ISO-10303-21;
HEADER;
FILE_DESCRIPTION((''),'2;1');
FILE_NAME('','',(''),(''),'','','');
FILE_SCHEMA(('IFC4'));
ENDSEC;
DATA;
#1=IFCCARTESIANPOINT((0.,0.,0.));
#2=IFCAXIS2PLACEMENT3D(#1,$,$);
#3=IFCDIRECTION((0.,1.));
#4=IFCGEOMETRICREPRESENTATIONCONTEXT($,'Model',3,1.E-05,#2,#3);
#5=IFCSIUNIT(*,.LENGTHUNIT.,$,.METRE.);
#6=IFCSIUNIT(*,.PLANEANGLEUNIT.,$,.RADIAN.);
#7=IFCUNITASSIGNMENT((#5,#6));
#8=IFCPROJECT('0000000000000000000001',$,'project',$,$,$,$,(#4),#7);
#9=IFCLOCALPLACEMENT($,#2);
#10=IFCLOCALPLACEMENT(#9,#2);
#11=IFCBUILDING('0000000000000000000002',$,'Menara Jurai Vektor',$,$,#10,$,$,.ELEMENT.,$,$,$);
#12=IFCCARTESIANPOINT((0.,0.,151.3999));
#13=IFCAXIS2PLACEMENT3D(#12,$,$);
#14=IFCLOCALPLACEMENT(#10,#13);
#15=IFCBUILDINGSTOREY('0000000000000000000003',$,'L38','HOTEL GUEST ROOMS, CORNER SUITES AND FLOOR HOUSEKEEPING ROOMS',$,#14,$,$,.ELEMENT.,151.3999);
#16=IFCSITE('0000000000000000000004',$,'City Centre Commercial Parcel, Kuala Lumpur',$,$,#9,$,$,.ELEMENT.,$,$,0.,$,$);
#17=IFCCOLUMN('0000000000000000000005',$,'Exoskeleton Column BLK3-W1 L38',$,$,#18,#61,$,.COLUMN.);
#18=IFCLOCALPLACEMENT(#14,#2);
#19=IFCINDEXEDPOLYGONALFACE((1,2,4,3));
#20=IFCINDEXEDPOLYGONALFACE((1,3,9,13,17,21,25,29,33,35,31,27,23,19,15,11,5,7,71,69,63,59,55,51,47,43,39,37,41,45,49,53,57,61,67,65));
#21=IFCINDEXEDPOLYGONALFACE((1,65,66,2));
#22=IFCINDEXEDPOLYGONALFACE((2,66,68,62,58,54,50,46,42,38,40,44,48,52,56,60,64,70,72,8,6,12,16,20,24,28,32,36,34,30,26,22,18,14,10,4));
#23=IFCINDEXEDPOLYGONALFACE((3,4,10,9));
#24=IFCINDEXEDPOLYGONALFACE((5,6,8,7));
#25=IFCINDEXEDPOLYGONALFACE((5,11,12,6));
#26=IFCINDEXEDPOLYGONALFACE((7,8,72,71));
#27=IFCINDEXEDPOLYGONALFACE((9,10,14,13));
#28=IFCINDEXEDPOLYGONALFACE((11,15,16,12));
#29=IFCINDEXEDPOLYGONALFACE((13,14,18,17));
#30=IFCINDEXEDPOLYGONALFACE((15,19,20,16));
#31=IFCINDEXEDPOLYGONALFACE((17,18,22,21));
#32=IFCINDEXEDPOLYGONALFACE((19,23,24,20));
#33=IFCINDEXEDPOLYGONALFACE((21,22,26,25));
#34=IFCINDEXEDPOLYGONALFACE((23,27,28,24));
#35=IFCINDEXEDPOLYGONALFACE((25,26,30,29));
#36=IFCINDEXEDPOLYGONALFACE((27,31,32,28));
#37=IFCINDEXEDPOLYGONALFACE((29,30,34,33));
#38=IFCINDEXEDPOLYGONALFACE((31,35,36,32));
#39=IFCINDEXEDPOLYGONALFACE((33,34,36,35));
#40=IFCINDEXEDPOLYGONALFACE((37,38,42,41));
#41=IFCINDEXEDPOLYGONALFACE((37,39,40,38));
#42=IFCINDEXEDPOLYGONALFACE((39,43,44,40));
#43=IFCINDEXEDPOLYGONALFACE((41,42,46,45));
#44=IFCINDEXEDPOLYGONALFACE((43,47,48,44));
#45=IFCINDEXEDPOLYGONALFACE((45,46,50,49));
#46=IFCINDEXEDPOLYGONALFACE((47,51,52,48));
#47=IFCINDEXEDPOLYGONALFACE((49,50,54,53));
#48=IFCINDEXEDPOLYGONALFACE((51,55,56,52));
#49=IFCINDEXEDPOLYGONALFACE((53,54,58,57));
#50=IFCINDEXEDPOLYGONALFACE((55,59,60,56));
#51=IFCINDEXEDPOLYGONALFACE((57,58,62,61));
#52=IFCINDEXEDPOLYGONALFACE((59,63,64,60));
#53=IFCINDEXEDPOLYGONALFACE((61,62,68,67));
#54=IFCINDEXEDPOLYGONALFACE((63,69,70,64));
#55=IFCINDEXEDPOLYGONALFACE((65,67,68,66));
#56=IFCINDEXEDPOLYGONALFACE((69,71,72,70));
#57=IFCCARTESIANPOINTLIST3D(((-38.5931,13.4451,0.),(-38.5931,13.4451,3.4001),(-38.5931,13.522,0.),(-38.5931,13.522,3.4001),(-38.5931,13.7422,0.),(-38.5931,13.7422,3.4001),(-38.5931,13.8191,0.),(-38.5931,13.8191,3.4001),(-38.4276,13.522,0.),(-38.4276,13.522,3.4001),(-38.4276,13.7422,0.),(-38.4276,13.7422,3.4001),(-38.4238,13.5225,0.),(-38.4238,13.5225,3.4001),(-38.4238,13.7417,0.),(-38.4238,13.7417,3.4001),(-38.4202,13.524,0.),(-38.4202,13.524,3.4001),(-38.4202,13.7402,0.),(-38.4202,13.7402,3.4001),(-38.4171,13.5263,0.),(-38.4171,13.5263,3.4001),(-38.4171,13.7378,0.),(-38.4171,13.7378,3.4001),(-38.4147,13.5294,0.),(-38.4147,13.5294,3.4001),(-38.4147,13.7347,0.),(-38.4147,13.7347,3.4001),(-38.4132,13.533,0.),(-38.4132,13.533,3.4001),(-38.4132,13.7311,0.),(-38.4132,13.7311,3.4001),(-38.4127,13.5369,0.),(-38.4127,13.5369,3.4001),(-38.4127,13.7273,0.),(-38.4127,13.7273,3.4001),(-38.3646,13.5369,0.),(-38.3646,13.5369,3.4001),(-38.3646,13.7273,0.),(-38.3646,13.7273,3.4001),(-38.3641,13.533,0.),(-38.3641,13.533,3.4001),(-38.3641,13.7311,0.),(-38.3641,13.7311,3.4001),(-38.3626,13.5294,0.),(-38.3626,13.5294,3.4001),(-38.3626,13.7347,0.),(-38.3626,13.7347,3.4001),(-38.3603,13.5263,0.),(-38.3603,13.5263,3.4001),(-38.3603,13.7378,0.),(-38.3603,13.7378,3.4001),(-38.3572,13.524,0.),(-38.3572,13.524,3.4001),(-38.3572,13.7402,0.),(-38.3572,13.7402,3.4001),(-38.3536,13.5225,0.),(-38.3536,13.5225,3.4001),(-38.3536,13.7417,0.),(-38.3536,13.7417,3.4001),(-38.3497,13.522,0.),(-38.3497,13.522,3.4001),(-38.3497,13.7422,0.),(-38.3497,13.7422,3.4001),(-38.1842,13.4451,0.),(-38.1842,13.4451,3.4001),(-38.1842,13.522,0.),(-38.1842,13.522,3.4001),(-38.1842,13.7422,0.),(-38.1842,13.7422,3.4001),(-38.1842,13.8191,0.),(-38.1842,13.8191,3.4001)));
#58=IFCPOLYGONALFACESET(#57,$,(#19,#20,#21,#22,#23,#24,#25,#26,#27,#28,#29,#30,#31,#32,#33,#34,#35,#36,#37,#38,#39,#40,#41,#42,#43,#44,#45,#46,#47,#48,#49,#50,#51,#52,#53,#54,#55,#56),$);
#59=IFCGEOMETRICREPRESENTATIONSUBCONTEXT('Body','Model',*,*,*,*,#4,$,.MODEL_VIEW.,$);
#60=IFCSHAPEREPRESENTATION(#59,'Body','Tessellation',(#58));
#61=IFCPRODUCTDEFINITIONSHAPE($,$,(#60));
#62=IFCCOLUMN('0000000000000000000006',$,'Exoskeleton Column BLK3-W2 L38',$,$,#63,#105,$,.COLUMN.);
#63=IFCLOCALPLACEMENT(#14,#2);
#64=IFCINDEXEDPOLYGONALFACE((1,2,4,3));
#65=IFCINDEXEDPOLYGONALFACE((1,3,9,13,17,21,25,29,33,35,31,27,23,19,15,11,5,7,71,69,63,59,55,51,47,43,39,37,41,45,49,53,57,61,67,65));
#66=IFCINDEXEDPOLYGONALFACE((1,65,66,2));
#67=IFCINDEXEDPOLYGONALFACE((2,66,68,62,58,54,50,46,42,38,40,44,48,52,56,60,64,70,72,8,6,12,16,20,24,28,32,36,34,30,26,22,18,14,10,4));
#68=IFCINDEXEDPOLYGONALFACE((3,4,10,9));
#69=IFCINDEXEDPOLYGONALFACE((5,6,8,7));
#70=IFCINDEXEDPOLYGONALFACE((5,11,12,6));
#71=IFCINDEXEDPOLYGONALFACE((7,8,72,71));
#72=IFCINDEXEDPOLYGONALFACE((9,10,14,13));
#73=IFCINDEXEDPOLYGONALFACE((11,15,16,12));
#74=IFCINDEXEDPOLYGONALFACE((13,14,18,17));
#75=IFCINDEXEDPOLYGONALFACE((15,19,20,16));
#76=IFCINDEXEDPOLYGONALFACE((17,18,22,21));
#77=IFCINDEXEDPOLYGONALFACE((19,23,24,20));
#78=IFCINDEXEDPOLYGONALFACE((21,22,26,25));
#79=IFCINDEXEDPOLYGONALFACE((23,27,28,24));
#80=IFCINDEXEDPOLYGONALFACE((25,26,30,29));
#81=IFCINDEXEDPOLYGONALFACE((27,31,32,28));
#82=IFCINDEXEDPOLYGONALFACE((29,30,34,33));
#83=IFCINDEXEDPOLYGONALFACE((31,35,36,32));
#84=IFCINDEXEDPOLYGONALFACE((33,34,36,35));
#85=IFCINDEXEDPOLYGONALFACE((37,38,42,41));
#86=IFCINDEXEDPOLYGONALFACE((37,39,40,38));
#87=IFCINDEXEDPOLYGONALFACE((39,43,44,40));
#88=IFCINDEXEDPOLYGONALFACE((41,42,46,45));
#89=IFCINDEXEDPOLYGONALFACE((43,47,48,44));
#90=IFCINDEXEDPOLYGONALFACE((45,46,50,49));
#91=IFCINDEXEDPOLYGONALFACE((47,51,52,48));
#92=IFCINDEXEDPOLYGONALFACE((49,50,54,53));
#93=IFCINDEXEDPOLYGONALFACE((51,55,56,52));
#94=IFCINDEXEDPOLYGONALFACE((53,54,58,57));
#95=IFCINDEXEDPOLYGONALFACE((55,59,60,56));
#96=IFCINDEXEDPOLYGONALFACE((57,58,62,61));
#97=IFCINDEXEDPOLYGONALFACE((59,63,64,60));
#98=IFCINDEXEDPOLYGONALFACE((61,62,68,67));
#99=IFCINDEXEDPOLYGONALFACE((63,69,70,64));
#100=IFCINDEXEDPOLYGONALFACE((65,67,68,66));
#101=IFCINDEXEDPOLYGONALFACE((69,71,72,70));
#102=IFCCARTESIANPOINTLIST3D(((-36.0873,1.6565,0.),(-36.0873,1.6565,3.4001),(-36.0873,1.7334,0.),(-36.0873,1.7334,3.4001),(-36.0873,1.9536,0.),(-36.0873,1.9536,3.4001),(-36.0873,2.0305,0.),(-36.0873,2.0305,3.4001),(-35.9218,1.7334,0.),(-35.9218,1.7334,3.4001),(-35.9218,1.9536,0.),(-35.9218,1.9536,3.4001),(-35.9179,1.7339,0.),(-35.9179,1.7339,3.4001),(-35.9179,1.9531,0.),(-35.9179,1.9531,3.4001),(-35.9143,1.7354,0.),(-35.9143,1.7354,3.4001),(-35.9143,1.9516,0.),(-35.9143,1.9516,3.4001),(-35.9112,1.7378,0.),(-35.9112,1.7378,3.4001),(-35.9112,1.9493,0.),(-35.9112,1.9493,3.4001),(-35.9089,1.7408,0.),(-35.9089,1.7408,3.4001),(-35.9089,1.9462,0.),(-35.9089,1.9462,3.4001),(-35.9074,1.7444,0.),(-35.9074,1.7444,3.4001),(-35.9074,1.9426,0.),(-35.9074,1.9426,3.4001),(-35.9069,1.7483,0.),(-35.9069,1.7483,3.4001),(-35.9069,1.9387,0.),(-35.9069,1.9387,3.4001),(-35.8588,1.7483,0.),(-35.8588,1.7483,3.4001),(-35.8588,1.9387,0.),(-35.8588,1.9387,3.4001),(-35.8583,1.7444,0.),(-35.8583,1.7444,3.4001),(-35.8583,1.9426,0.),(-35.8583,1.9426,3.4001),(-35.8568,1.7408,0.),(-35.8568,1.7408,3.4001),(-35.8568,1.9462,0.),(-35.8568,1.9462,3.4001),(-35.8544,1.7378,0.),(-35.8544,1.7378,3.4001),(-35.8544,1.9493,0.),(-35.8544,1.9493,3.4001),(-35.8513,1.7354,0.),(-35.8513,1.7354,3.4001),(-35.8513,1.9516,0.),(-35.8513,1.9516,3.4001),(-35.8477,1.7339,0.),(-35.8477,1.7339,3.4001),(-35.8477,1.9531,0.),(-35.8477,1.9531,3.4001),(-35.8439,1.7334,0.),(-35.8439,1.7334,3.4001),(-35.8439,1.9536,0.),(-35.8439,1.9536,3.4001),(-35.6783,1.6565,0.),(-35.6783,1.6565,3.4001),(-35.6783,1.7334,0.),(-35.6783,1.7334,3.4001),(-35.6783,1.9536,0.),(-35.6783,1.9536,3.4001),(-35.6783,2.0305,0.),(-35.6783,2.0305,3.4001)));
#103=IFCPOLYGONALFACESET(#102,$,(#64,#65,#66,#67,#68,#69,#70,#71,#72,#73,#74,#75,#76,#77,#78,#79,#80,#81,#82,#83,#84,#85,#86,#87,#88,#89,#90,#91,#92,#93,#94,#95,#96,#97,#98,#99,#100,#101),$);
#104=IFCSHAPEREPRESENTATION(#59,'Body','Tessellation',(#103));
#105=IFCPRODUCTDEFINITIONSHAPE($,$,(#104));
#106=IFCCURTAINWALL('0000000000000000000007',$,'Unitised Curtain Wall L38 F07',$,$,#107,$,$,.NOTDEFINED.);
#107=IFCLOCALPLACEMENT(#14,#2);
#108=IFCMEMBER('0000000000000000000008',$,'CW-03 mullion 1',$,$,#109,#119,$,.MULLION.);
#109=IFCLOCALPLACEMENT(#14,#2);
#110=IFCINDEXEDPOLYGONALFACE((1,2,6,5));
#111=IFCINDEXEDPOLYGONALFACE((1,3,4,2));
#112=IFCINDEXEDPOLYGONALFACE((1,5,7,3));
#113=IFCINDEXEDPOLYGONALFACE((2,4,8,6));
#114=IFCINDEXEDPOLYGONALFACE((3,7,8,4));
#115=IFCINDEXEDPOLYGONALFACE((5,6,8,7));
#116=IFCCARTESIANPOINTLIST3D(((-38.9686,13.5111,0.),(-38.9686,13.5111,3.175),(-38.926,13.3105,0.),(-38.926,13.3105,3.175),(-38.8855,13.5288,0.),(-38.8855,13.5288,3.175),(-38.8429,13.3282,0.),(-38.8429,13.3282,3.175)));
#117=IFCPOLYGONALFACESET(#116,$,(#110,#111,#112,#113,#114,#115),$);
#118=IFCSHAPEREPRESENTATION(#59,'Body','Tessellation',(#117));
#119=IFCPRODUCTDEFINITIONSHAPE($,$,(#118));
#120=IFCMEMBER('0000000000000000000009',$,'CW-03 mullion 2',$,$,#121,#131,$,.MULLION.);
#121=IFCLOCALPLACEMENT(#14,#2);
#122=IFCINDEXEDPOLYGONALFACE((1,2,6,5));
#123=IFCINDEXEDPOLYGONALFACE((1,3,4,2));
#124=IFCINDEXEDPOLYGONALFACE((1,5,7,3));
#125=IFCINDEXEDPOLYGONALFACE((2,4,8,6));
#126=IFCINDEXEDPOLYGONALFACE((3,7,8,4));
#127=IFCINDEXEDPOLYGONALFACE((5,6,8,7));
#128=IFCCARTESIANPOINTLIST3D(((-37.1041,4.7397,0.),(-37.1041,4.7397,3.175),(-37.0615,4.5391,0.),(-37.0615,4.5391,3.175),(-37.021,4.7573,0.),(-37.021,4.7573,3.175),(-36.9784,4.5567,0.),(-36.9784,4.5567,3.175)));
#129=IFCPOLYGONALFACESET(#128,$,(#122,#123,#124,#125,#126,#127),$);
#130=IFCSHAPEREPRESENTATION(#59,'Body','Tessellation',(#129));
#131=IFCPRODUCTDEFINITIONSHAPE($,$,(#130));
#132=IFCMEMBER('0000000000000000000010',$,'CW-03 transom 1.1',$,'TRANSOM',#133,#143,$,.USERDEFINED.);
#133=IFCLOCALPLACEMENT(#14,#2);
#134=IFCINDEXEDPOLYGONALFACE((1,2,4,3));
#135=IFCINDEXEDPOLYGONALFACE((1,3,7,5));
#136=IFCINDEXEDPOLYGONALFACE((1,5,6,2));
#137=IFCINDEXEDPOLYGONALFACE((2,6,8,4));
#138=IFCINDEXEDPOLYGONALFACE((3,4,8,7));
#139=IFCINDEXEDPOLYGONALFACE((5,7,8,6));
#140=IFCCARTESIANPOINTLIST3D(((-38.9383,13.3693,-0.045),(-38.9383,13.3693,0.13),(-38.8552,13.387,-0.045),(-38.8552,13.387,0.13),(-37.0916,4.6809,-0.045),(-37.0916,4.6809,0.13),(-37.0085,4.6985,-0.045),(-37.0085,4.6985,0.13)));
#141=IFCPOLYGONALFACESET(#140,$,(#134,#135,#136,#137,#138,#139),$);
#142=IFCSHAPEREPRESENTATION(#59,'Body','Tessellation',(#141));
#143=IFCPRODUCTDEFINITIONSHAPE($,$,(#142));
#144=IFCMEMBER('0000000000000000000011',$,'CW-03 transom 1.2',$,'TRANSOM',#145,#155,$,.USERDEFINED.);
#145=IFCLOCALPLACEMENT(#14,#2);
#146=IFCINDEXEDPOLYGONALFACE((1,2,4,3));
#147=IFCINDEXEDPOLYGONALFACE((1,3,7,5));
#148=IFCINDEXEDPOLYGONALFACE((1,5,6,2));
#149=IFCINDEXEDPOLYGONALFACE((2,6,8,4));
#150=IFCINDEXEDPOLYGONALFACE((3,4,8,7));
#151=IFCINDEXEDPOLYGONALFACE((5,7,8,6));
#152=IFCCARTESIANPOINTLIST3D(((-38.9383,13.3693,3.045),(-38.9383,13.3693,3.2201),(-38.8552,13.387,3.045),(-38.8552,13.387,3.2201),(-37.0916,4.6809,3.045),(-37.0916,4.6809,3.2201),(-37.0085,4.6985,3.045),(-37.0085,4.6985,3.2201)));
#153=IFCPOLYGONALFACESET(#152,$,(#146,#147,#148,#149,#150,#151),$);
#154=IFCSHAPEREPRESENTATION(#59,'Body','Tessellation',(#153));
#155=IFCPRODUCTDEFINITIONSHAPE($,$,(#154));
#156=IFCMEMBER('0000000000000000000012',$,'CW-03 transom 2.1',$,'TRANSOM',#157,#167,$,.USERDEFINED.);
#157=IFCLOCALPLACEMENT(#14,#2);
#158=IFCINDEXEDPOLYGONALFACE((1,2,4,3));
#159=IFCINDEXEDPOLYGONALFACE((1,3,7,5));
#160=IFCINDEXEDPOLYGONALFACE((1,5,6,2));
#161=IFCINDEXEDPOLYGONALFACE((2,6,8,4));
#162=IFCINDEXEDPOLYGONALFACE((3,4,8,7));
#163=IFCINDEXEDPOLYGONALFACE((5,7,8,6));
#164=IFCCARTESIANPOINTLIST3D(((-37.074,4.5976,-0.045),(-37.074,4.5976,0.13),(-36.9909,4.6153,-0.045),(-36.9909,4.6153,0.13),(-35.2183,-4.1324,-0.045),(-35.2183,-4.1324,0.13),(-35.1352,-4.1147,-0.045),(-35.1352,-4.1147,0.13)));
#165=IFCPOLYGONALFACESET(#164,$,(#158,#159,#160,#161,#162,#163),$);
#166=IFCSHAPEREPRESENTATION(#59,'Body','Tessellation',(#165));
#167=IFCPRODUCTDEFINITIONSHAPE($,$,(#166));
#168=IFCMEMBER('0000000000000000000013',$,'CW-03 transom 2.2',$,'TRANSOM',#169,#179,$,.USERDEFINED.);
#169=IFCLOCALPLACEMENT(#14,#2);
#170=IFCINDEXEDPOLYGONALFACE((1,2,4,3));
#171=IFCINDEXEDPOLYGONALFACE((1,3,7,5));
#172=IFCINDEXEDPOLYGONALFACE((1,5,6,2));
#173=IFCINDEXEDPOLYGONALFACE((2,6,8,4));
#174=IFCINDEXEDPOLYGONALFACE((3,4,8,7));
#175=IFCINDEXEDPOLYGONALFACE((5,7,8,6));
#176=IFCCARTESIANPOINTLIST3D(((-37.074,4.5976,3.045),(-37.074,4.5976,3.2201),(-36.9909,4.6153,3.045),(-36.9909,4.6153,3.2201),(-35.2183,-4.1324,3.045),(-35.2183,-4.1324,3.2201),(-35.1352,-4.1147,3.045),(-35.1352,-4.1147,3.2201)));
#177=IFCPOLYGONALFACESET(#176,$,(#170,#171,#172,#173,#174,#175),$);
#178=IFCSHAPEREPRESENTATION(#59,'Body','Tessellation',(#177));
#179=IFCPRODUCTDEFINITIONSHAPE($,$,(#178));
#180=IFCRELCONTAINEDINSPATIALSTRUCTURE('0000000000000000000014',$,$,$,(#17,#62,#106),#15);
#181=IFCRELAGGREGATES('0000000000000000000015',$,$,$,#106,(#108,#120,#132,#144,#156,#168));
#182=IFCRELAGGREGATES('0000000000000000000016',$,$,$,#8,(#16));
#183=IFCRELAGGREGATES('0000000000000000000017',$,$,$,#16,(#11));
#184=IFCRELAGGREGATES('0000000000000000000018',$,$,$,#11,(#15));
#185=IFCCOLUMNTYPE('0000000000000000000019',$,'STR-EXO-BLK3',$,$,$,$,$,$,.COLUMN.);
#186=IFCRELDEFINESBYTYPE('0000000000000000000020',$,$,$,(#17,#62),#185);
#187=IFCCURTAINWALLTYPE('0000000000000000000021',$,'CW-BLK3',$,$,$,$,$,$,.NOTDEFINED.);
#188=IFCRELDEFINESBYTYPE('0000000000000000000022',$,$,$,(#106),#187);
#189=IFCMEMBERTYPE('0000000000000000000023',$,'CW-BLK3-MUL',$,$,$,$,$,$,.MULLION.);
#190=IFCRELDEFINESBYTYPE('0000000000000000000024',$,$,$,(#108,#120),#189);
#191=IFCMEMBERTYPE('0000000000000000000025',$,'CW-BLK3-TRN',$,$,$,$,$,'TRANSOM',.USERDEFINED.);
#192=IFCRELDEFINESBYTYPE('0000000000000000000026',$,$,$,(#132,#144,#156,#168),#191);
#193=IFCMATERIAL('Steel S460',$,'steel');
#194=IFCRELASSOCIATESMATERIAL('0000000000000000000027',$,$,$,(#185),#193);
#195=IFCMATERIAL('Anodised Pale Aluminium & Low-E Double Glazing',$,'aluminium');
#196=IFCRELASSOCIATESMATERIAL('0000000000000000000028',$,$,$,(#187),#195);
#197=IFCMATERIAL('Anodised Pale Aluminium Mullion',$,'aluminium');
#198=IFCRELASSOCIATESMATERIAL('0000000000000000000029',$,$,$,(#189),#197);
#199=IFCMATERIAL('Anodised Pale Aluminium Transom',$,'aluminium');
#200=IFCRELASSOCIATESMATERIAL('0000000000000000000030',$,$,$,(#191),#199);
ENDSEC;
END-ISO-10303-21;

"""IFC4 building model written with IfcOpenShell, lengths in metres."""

from ifc_helpers import new_model, si_unit, direction, frame, origin, origin_2d, place, context, subcontext, project, spatial, rectangle, i_section, extrude, material, material_profile, profile_set, type_object, element, aggregate, save


model = new_model("IFC4")

# Units and contexts
model_context = context("Model", 3, precision=1e-05, world=origin(), true_north=direction((0.0, 1.0)))
body_context = subcontext(model_context, "Body", "Model", "MODEL_VIEW")
ifc_project = project(units=[si_unit("LENGTHUNIT", "METRE"), si_unit("PLANEANGLEUNIT", "RADIAN")], contexts=[model_context])

# Site, building, storey
site_placement = place(None, origin())
site = spatial("IfcSite", under=ifc_project, at=site_placement, Name="City Centre Commercial Parcel, Kuala Lumpur", CompositionType="ELEMENT", RefElevation=0.0)
building_placement = place(site_placement, origin())
building = spatial("IfcBuilding", under=site, at=building_placement, Name="Menara Jurai Vektor", CompositionType="ELEMENT")
storey_placement = place(building_placement, frame((0.0, 0.0, 151.3999)))
storey = spatial("IfcBuildingStorey", under=building, at=storey_placement, Name="L38", Description="HOTEL GUEST ROOMS, CORNER SUITES AND FLOOR HOUSEKEEPING ROOMS", CompositionType="ELEMENT", Elevation=151.3999)

# Columns
ifc_material_1 = material(Name="Steel S460", Category="steel")
ifc_material_profile_1 = material_profile(ifc_material_1, i_section(OverallWidth=0.4089, OverallDepth=0.374, WebThickness=0.0481, FlangeThickness=0.0769, FilletRadius=0.0149, at=origin_2d()), Name="HD 400x634")
ifc_profile_set_1 = profile_set([ifc_material_profile_1], Name="Steel S460")
column_type = type_object("IfcColumnType", Name="STR-EXO-BLK3", PredefinedType="COLUMN", material=ifc_profile_set_1)
for number, where, z_axis, x_axis, name in (
    (1, (-38.3887, 13.6321, 0.0), (0.0, 0.0, 1.0), (1.0, 0.0, 0.0), "Exoskeleton Column BLK3-W1 L38"),
    (2, (-35.8828, 1.8435, 0.0), (0.0, 0.0, 1.0), (1.0, 0.0, 0.0), "Exoskeleton Column BLK3-W2 L38"),
):
    element("IfcColumn", number, at=place(storey_placement, frame(where, z_axis=z_axis, x_axis=x_axis)), inside=storey, type_object=column_type, Name=name, PredefinedType="COLUMN", context=body_context, shape_type="SweptSolid", body=[
        extrude(i_section(OverallWidth=0.4089, OverallDepth=0.374, WebThickness=0.0481, FlangeThickness=0.0769, FilletRadius=0.0149, at=origin_2d()), origin(), (0.0, 0.0, 1.0), 3.4001),
    ])

# Curtain wall, members
ifc_material_2 = material(Name="Anodised Pale Aluminium & Low-E Double Glazing", Category="aluminium")
curtain_wall_type = type_object("IfcCurtainWallType", Name="CW-BLK3", PredefinedType="NOTDEFINED", material=ifc_material_2)
curtain_wall_placement = place(storey_placement, origin())
curtain_wall = element("IfcCurtainWall", 3, at=curtain_wall_placement, inside=storey, type_object=curtain_wall_type, Name="Unitised Curtain Wall L38 F07", PredefinedType="NOTDEFINED")
ifc_material_3 = material(Name="Anodised Pale Aluminium Mullion", Category="aluminium")
ifc_material_profile_2 = material_profile(ifc_material_3, rectangle(XDim=0.085, YDim=0.2051, at=origin_2d()), Name="ALU MUL 85x205")
ifc_profile_set_2 = profile_set([ifc_material_profile_2], Name="Anodised Pale Aluminium Mullion")
member_type_1 = type_object("IfcMemberType", Name="CW-BLK3-MUL", PredefinedType="MULLION", material=ifc_profile_set_2)
member_1_placement = place(storey_placement, frame((-38.9058, 13.4197, 0.0), z_axis=(0.0, 0.0, 1.0), x_axis=(0.978148, 0.20791, 0.0)))
member_1 = element("IfcMember", 4, at=member_1_placement, type_object=member_type_1, Name="CW-03 mullion 1", PredefinedType="MULLION", context=body_context, shape_type="SweptSolid", body=[
    extrude(rectangle(XDim=0.085, YDim=0.2051, at=origin_2d()), origin(), (0.0, 0.0, 1.0), 3.175),
])
member_2_placement = place(storey_placement, frame((-37.0413, 4.6482, 0.0), z_axis=(0.0, 0.0, 1.0), x_axis=(0.978148, 0.20791, 0.0)))
member_2 = element("IfcMember", 5, at=member_2_placement, type_object=member_type_1, Name="CW-03 mullion 2", PredefinedType="MULLION", context=body_context, shape_type="SweptSolid", body=[
    extrude(rectangle(XDim=0.085, YDim=0.2051, at=origin_2d()), origin(), (0.0, 0.0, 1.0), 3.175),
])
ifc_material_4 = material(Name="Anodised Pale Aluminium Transom", Category="aluminium")
ifc_material_profile_3 = material_profile(ifc_material_4, rectangle(XDim=0.085, YDim=0.175, at=origin_2d()), Name="ALU TRN 85x175")
ifc_profile_set_3 = profile_set([ifc_material_profile_3], Name="Anodised Pale Aluminium Transom")
member_type_2 = type_object("IfcMemberType", Name="CW-BLK3-TRN", ElementType="TRANSOM", PredefinedType="USERDEFINED", material=ifc_profile_set_3)
member_3_placement = place(storey_placement, frame((-38.8967, 13.3782, 0.0425), z_axis=(0.2079, -0.97815, 0.0), x_axis=(0.97815, 0.2079, 0.0)))
member_3 = element("IfcMember", 6, at=member_3_placement, type_object=member_type_2, Name="CW-03 transom 1.1", ObjectType="TRANSOM", PredefinedType="USERDEFINED", context=body_context, shape_type="SweptSolid", body=[
    extrude(rectangle(XDim=0.085, YDim=0.175, at=origin_2d()), origin(), (0.0, 0.0, 1.0), 8.8826),
])
member_4_placement = place(storey_placement, frame((-38.8967, 13.3782, 3.1326), z_axis=(0.2079, -0.97815, 0.0), x_axis=(0.97815, 0.2079, 0.0)))
member_4 = element("IfcMember", 7, at=member_4_placement, type_object=member_type_2, Name="CW-03 transom 1.2", ObjectType="TRANSOM", PredefinedType="USERDEFINED", context=body_context, shape_type="SweptSolid", body=[
    extrude(rectangle(XDim=0.085, YDim=0.175, at=origin_2d()), origin(), (0.0, 0.0, 1.0), 8.8826),
])
member_5_placement = place(storey_placement, frame((-37.0325, 4.6064, 0.0425), z_axis=(0.207922, -0.978145, 0.0), x_axis=(0.978145, 0.207922, 0.0)))
member_5 = element("IfcMember", 8, at=member_5_placement, type_object=member_type_2, Name="CW-03 transom 2.1", ObjectType="TRANSOM", PredefinedType="USERDEFINED", context=body_context, shape_type="SweptSolid", body=[
    extrude(rectangle(XDim=0.085, YDim=0.175, at=origin_2d()), origin(), (0.0, 0.0, 1.0), 8.925),
])
member_6_placement = place(storey_placement, frame((-37.0325, 4.6064, 3.1326), z_axis=(0.207922, -0.978145, 0.0), x_axis=(0.978145, 0.207922, 0.0)))
member_6 = element("IfcMember", 9, at=member_6_placement, type_object=member_type_2, Name="CW-03 transom 2.2", ObjectType="TRANSOM", PredefinedType="USERDEFINED", context=body_context, shape_type="SweptSolid", body=[
    extrude(rectangle(XDim=0.085, YDim=0.175, at=origin_2d()), origin(), (0.0, 0.0, 1.0), 8.925),
])

aggregate(curtain_wall, [member_1, member_2, member_3, member_4, member_5, member_6])

save(model, "model.ifc")
